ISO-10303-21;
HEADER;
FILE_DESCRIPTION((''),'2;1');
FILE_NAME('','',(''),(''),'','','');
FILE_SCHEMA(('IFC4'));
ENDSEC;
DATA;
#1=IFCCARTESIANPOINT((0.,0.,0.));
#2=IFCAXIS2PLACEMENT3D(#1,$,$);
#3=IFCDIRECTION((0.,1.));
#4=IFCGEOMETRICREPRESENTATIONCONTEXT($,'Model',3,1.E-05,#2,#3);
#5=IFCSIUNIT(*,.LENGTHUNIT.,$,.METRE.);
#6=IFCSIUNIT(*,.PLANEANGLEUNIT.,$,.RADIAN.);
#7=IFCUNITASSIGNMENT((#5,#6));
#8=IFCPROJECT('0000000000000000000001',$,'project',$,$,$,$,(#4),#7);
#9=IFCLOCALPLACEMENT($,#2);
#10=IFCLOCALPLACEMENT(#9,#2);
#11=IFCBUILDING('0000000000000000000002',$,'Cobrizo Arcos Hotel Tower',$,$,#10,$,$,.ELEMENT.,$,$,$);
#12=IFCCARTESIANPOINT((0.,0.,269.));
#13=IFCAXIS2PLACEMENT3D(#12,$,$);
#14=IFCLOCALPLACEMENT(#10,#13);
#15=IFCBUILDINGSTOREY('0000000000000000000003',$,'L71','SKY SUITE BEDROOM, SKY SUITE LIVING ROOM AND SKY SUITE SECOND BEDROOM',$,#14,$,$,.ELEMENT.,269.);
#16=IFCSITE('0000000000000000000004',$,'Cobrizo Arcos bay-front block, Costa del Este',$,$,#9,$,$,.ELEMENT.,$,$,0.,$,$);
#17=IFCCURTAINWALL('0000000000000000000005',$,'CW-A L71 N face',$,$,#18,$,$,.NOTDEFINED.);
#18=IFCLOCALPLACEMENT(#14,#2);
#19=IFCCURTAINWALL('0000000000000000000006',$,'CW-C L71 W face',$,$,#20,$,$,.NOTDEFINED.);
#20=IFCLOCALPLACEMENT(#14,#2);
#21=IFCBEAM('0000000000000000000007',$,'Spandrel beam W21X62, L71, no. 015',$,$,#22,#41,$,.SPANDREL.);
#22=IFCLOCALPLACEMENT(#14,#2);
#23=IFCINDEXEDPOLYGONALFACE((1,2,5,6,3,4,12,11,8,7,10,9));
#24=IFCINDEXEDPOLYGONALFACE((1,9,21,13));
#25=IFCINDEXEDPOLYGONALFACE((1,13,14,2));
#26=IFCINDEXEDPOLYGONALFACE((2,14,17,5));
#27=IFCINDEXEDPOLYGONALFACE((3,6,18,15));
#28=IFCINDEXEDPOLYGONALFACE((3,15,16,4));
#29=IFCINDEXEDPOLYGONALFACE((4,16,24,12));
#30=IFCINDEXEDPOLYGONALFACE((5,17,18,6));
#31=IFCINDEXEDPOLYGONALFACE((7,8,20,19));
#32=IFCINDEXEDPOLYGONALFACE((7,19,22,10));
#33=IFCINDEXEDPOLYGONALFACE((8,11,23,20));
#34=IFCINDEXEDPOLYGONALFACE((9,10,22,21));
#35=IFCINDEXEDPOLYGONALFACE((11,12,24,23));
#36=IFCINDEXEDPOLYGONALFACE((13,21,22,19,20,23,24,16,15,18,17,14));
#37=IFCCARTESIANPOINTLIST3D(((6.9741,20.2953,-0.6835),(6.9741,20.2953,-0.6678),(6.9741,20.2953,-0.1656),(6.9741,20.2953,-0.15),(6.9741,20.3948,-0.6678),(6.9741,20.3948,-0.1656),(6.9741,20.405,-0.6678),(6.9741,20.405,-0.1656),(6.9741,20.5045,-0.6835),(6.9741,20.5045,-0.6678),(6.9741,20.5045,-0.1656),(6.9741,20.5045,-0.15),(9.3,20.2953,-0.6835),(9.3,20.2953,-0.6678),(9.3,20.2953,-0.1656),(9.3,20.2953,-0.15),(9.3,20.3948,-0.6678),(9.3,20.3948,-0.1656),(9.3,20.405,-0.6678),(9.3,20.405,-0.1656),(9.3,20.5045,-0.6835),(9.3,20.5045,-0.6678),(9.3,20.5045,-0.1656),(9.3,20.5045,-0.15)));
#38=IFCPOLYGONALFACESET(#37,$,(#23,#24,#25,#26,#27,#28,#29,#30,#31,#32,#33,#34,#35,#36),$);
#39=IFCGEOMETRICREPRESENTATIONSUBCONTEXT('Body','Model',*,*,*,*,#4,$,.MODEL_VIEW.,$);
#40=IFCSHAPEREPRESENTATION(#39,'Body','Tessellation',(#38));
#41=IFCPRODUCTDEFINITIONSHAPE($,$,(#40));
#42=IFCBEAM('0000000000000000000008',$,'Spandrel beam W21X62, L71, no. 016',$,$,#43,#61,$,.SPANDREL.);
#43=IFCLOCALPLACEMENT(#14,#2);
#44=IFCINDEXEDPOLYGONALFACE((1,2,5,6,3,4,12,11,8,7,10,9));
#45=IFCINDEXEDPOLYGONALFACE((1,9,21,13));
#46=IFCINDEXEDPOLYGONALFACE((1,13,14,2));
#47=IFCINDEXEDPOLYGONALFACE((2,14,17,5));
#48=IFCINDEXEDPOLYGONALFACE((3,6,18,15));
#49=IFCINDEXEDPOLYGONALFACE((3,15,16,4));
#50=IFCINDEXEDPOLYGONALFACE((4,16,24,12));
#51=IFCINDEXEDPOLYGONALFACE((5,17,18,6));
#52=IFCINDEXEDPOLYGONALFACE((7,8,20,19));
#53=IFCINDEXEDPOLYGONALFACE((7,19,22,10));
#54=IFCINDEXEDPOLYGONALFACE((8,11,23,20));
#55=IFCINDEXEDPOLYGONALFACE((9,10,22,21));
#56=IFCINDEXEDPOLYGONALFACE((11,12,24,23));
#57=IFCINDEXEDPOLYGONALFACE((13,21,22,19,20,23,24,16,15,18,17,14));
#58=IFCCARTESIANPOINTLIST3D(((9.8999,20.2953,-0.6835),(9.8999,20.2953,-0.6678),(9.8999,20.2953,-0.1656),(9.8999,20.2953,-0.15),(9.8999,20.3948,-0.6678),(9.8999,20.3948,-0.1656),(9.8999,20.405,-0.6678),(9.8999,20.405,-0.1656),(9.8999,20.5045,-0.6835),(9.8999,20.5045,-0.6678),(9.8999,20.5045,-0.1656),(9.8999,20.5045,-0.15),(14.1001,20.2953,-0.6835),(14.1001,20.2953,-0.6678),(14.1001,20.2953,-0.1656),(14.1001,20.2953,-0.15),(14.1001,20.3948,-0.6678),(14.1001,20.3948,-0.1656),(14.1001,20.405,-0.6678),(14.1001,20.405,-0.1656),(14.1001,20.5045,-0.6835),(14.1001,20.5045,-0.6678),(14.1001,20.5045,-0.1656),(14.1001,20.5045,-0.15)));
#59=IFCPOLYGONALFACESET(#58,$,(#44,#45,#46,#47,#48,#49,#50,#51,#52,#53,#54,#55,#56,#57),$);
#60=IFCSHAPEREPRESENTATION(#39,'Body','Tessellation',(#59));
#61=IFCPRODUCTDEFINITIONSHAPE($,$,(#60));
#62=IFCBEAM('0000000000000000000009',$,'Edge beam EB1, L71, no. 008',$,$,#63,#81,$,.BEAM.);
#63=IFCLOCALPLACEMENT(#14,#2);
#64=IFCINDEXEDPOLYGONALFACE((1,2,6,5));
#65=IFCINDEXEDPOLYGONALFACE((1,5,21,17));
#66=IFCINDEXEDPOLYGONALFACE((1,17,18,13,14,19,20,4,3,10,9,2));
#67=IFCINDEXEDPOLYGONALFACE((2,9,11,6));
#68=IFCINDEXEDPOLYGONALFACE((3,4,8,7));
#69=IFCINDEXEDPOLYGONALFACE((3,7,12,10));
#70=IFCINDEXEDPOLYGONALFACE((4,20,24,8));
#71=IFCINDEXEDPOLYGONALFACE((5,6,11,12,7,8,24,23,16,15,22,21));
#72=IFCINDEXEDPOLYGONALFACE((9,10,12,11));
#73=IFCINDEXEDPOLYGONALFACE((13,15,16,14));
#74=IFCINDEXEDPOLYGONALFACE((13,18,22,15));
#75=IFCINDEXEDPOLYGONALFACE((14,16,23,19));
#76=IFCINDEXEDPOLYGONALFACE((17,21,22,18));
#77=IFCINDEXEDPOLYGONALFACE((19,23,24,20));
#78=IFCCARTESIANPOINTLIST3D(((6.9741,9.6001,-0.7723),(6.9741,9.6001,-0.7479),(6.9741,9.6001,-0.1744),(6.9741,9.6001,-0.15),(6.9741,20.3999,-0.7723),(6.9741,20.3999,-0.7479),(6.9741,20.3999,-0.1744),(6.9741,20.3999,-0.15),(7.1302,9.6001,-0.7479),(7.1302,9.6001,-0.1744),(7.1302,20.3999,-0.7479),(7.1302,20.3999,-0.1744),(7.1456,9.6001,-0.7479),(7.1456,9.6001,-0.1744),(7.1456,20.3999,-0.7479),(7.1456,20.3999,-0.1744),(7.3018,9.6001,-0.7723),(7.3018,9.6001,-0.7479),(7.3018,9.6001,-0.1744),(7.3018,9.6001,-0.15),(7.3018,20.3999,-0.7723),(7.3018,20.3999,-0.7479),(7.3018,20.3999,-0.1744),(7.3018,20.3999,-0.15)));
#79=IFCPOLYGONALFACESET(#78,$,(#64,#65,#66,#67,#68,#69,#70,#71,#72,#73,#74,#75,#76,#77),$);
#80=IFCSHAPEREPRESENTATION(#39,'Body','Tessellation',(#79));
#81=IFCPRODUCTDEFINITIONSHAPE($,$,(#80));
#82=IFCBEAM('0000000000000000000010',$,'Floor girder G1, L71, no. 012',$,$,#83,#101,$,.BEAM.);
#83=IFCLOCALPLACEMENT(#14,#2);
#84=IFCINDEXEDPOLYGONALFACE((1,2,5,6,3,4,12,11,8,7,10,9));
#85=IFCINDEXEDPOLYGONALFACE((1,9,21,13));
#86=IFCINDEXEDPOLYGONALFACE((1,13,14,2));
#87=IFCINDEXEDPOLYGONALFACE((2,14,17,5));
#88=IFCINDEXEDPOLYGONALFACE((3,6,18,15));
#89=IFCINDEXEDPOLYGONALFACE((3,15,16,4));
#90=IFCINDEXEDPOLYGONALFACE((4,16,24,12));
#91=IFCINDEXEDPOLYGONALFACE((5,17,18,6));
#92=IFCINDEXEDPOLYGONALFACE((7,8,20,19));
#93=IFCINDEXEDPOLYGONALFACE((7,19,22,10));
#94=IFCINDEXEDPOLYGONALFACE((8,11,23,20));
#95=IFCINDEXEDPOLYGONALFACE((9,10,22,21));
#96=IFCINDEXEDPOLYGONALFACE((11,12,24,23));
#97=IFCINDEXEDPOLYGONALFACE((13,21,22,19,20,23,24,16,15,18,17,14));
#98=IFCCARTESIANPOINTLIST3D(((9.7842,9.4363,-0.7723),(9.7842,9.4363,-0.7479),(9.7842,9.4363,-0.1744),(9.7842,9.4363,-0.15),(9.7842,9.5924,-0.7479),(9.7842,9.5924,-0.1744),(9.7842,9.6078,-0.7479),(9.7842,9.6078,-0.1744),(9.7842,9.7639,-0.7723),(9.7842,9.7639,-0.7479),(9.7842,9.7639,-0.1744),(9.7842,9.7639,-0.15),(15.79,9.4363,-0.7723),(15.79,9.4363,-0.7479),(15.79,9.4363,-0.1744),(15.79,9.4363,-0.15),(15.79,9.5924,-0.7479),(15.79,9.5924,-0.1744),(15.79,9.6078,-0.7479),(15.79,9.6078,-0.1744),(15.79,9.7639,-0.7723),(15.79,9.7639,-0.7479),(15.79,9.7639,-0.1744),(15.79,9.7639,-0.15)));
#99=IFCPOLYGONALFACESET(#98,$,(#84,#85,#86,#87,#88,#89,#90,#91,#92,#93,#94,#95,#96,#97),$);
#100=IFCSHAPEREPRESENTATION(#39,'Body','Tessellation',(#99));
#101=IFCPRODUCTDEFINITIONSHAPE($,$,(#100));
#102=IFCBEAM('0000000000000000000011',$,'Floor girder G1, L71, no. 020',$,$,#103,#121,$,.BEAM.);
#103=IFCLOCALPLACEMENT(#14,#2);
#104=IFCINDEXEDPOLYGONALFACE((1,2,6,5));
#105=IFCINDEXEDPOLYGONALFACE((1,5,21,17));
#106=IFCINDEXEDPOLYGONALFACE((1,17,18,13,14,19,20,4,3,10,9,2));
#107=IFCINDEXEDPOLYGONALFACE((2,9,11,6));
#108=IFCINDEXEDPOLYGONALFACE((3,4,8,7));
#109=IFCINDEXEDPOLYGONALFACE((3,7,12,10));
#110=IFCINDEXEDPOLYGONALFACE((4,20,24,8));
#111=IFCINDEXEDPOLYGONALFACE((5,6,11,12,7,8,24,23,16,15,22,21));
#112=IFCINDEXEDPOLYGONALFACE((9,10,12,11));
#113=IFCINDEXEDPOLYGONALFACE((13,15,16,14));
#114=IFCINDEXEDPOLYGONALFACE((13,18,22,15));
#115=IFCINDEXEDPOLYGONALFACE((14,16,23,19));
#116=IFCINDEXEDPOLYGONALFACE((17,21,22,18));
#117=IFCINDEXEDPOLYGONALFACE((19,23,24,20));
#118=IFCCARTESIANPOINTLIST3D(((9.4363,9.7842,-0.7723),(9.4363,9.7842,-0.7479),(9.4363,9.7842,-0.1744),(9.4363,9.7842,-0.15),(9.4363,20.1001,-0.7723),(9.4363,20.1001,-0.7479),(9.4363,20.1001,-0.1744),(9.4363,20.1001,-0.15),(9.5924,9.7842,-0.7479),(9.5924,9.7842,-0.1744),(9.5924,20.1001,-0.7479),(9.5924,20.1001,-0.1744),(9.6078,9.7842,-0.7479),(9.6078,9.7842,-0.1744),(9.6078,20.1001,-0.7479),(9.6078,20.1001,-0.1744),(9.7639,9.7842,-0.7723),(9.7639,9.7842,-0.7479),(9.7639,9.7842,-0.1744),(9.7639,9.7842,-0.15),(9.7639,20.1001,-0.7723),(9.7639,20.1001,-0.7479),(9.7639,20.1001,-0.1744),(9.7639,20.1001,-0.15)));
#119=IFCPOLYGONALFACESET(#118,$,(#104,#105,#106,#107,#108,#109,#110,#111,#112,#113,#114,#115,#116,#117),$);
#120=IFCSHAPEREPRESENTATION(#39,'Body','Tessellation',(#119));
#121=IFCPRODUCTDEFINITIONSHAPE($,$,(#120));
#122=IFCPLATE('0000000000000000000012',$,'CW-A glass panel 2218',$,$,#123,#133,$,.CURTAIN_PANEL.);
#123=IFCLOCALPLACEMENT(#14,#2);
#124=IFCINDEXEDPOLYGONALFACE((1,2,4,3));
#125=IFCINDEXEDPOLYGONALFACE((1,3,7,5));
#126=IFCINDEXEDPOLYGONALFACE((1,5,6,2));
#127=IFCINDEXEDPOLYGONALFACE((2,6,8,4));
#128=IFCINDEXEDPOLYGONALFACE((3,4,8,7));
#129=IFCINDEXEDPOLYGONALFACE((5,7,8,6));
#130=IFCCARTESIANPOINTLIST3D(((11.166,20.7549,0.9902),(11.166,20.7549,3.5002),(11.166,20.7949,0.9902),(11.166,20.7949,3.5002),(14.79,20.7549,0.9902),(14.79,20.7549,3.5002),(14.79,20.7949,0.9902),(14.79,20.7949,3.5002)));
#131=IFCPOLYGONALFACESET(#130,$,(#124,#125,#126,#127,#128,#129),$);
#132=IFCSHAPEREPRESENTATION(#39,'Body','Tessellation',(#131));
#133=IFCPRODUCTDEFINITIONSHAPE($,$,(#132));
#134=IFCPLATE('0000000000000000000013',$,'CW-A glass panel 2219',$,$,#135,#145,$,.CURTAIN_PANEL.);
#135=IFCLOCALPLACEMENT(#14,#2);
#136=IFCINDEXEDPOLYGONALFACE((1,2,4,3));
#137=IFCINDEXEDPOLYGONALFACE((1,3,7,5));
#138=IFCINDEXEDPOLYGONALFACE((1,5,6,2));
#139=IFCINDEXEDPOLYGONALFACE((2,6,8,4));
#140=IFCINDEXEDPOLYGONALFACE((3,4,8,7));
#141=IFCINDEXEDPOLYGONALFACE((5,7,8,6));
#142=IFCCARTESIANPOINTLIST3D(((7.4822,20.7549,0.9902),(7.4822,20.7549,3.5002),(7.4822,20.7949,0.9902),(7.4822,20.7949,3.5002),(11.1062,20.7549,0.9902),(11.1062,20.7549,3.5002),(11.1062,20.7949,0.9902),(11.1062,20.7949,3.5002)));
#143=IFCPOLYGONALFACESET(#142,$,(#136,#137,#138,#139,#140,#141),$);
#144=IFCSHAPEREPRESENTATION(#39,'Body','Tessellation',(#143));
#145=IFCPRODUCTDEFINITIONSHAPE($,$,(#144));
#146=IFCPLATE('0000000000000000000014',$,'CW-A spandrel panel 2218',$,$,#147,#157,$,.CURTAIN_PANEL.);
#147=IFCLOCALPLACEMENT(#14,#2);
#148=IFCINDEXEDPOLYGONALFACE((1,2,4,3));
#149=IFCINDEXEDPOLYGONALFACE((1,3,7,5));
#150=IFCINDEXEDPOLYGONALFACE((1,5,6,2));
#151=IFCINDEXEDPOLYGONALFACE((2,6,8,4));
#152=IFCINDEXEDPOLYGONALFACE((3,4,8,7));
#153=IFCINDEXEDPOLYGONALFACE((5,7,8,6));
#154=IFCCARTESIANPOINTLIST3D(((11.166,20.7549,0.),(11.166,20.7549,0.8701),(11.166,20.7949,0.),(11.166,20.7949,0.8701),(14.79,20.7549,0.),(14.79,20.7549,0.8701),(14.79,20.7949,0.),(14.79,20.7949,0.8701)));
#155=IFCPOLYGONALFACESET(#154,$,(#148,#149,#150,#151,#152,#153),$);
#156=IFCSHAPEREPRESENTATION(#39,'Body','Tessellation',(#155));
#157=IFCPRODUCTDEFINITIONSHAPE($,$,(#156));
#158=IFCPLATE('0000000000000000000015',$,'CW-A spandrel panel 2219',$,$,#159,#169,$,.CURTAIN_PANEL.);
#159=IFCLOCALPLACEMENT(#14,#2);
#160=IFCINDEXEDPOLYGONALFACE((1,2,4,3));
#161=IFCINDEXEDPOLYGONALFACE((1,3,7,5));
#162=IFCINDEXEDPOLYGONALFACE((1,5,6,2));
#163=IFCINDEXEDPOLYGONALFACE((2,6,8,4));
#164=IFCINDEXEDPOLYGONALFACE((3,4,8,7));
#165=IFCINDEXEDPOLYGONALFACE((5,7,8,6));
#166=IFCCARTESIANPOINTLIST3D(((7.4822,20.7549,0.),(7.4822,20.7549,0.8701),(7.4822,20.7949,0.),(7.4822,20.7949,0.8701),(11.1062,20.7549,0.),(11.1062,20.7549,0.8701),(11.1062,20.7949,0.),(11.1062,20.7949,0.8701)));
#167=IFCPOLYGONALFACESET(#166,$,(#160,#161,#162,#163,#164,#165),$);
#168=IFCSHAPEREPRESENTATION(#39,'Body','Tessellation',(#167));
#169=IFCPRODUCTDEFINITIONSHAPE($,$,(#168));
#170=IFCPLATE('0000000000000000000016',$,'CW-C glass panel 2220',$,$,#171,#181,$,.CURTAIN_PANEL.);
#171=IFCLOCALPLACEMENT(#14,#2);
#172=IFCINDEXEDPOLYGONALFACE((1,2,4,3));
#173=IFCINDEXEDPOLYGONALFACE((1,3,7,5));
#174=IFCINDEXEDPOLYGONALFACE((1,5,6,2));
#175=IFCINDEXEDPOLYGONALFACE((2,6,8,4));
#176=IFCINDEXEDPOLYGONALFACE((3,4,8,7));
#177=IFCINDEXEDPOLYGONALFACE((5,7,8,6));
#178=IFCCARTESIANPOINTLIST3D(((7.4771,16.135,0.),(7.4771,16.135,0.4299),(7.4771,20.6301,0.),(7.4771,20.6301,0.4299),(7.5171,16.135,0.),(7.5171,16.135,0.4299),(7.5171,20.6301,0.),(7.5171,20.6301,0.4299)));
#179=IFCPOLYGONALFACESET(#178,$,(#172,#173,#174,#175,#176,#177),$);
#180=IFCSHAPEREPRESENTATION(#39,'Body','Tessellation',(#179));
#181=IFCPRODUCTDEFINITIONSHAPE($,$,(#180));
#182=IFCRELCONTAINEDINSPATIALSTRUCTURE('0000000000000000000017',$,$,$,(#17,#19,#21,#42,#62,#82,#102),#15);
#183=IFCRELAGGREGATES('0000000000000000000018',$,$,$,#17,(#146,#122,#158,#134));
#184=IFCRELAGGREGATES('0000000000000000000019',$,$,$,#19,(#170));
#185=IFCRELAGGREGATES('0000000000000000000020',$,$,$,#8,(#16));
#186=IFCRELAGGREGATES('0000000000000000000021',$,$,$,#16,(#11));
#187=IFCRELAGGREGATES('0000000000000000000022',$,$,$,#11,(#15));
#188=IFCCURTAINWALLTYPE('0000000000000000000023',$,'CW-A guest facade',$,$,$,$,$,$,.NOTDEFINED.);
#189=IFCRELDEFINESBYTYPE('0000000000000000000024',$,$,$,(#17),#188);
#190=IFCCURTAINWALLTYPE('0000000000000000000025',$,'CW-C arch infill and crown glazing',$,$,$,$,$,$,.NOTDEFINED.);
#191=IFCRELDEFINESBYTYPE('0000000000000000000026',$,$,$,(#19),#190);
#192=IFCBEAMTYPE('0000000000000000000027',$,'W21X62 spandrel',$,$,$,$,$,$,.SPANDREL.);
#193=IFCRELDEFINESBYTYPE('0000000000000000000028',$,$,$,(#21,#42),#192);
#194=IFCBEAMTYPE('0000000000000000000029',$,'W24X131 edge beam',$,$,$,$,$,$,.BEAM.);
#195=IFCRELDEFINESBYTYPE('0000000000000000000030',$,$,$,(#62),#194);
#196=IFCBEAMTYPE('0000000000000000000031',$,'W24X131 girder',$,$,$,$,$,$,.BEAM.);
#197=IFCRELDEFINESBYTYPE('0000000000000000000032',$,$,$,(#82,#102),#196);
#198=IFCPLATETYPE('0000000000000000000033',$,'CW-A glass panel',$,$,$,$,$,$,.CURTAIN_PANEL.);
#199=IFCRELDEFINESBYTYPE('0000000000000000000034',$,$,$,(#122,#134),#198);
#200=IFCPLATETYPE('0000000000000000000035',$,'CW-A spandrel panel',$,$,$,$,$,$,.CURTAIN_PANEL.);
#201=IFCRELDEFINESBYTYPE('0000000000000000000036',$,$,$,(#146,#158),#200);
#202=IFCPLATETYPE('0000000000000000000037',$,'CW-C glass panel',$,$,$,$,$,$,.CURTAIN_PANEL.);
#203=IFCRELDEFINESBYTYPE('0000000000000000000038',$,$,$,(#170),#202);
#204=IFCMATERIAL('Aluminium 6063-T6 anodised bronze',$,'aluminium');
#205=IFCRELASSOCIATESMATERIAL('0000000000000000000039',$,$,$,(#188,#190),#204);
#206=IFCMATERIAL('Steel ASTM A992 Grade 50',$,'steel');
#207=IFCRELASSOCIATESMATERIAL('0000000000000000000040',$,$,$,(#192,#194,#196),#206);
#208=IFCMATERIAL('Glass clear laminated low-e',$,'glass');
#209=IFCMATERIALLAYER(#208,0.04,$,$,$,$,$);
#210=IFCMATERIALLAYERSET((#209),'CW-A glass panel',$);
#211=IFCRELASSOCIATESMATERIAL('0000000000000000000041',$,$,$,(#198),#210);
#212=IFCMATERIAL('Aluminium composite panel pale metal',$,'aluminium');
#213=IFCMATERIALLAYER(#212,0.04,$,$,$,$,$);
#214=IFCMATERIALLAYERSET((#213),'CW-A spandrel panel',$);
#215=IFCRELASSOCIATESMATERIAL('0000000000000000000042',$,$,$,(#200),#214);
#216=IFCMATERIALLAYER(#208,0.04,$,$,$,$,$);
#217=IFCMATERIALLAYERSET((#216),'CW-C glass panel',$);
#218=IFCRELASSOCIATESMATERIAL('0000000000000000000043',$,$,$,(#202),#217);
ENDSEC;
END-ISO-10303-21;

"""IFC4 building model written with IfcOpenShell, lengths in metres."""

from ifc_helpers import new_model, si_unit, direction, frame, origin, origin_2d, place, context, subcontext, project, spatial, rectangle, i_section, extrude, material, layer, layer_set, material_profile, profile_set, type_object, element, aggregate, save


model = new_model("IFC4")

# Units and contexts
model_context = context("Model", 3, precision=1e-05, world=origin(), true_north=direction((0.0, 1.0)))
body_context = subcontext(model_context, "Body", "Model", "MODEL_VIEW")
ifc_project = project(units=[si_unit("LENGTHUNIT", "METRE"), si_unit("PLANEANGLEUNIT", "RADIAN")], contexts=[model_context])

# Site, building, storey
site_placement = place(None, origin())
site = spatial("IfcSite", under=ifc_project, at=site_placement, Name="Cobrizo Arcos bay-front block, Costa del Este", CompositionType="ELEMENT", RefElevation=0.0)
building_placement = place(site_placement, origin())
building = spatial("IfcBuilding", under=site, at=building_placement, Name="Cobrizo Arcos Hotel Tower", CompositionType="ELEMENT")
storey_placement = place(building_placement, frame((0.0, 0.0, 269.0)))
storey = spatial("IfcBuildingStorey", under=building, at=storey_placement, Name="L71", Description="SKY SUITE BEDROOM, SKY SUITE LIVING ROOM AND SKY SUITE SECOND BEDROOM", CompositionType="ELEMENT", Elevation=269.0)

# Shared definitions
ifc_material_1 = material(Name="Steel ASTM A992 Grade 50", Category="steel")

# Curtain walls
ifc_material_2 = material(Name="Aluminium 6063-T6 anodised bronze", Category="aluminium")
curtain_wall_type_1 = type_object("IfcCurtainWallType", Name="CW-A guest facade", PredefinedType="NOTDEFINED", material=ifc_material_2)
curtain_wall_1_placement = place(storey_placement, origin())
curtain_wall_1 = element("IfcCurtainWall", 1, at=curtain_wall_1_placement, inside=storey, type_object=curtain_wall_type_1, Name="CW-A L71 N face", PredefinedType="NOTDEFINED")
curtain_wall_type_2 = type_object("IfcCurtainWallType", Name="CW-C arch infill and crown glazing", PredefinedType="NOTDEFINED", material=ifc_material_2)
curtain_wall_2_placement = place(storey_placement, origin())
curtain_wall_2 = element("IfcCurtainWall", 2, at=curtain_wall_2_placement, inside=storey, type_object=curtain_wall_type_2, Name="CW-C L71 W face", PredefinedType="NOTDEFINED")

# Beams
ifc_material_profile_1 = material_profile(ifc_material_1, i_section(OverallWidth=0.2092, OverallDepth=0.5334, WebThickness=0.0103, FlangeThickness=0.0156, at=origin_2d()), Name="W21X62")
ifc_profile_set_1 = profile_set([ifc_material_profile_1], Name="Steel ASTM A992 Grade 50")
beam_type_1 = type_object("IfcBeamType", Name="W21X62 spandrel", PredefinedType="SPANDREL", material=ifc_profile_set_1)
beam_1_placement = place(storey_placement, frame((6.9741, 20.3999, -0.4167), z_axis=(1.0, 0.0, 0.0), x_axis=(0.0, 1.0, 0.0)))
element("IfcBeam", 3, at=beam_1_placement, inside=storey, type_object=beam_type_1, Name="Spandrel beam W21X62, L71, no. 015", PredefinedType="SPANDREL", context=body_context, shape_type="SweptSolid", body=[
    extrude(i_section(OverallWidth=0.2092, OverallDepth=0.5334, WebThickness=0.0103, FlangeThickness=0.0156, at=origin_2d()), origin(), (0.0, 0.0, 1.0), 2.3259),
])
beam_2_placement = place(storey_placement, frame((9.8999, 20.3999, -0.4167), z_axis=(1.0, 0.0, 0.0), x_axis=(0.0, 1.0, 0.0)))
element("IfcBeam", 4, at=beam_2_placement, inside=storey, type_object=beam_type_1, Name="Spandrel beam W21X62, L71, no. 016", PredefinedType="SPANDREL", context=body_context, shape_type="SweptSolid", body=[
    extrude(i_section(OverallWidth=0.2092, OverallDepth=0.5334, WebThickness=0.0103, FlangeThickness=0.0156, at=origin_2d()), origin(), (0.0, 0.0, 1.0), 4.2002),
])
ifc_material_profile_2 = material_profile(ifc_material_1, i_section(OverallWidth=0.3276, OverallDepth=0.6223, WebThickness=0.0154, FlangeThickness=0.0244, at=origin_2d()), Name="W24X131")
ifc_profile_set_2 = profile_set([ifc_material_profile_2], Name="Steel ASTM A992 Grade 50")
beam_type_2 = type_object("IfcBeamType", Name="W24X131 edge beam", PredefinedType="BEAM", material=ifc_profile_set_2)
beam_3_placement = place(storey_placement, frame((7.1379, 9.6001, -0.4612), z_axis=(0.0, 1.0, 0.0), x_axis=(-1.0, 0.0, 0.0)))
element("IfcBeam", 5, at=beam_3_placement, inside=storey, type_object=beam_type_2, Name="Edge beam EB1, L71, no. 008", PredefinedType="BEAM", context=body_context, shape_type="SweptSolid", body=[
    extrude(i_section(OverallWidth=0.3276, OverallDepth=0.6223, WebThickness=0.0154, FlangeThickness=0.0244, at=origin_2d()), origin(), (0.0, 0.0, 1.0), 10.7998),
])
ifc_material_profile_3 = material_profile(ifc_material_1, i_section(OverallWidth=0.3276, OverallDepth=0.6223, WebThickness=0.0154, FlangeThickness=0.0244, at=origin_2d()), Name="W24X131")
ifc_profile_set_3 = profile_set([ifc_material_profile_3], Name="Steel ASTM A992 Grade 50")
beam_type_3 = type_object("IfcBeamType", Name="W24X131 girder", PredefinedType="BEAM", material=ifc_profile_set_3)
beam_4_placement = place(storey_placement, frame((9.7842, 9.6001, -0.4612), z_axis=(1.0, 0.0, 0.0), x_axis=(0.0, 1.0, 0.0)))
element("IfcBeam", 6, at=beam_4_placement, inside=storey, type_object=beam_type_3, Name="Floor girder G1, L71, no. 012", PredefinedType="BEAM", context=body_context, shape_type="SweptSolid", body=[
    extrude(i_section(OverallWidth=0.3276, OverallDepth=0.6223, WebThickness=0.0154, FlangeThickness=0.0244, at=origin_2d()), origin(), (0.0, 0.0, 1.0), 6.0059),
])
beam_5_placement = place(storey_placement, frame((9.6001, 9.7842, -0.4612), z_axis=(0.0, 1.0, 0.0), x_axis=(-1.0, 0.0, 0.0)))
element("IfcBeam", 7, at=beam_5_placement, inside=storey, type_object=beam_type_3, Name="Floor girder G1, L71, no. 020", PredefinedType="BEAM", context=body_context, shape_type="SweptSolid", body=[
    extrude(i_section(OverallWidth=0.3276, OverallDepth=0.6223, WebThickness=0.0154, FlangeThickness=0.0244, at=origin_2d()), origin(), (0.0, 0.0, 1.0), 10.3159),
])

# Plates
ifc_material_3 = material(Name="Glass clear laminated low-e", Category="glass")
ifc_layer_1 = layer(ifc_material_3, 0.04)
ifc_layer_set_1 = layer_set([ifc_layer_1], Name="CW-A glass panel")
plate_type_1 = type_object("IfcPlateType", Name="CW-A glass panel", PredefinedType="CURTAIN_PANEL", material=ifc_layer_set_1)
plate_1_placement = place(storey_placement, frame((12.978, 20.7749, 0.9902), z_axis=(0.0, 0.0, 1.0), x_axis=(-1.0, 0.0, 0.0)))
plate_1 = element("IfcPlate", 8, at=plate_1_placement, type_object=plate_type_1, Name="CW-A glass panel 2218", PredefinedType="CURTAIN_PANEL", context=body_context, shape_type="SweptSolid", body=[
    extrude(rectangle(XDim=3.624, YDim=0.04, at=origin_2d()), origin(), (0.0, 0.0, 1.0), 2.51),
])
plate_2_placement = place(storey_placement, frame((9.2942, 20.7749, 0.9902), z_axis=(0.0, 0.0, 1.0), x_axis=(-1.0, 0.0, 0.0)))
plate_2 = element("IfcPlate", 9, at=plate_2_placement, type_object=plate_type_1, Name="CW-A glass panel 2219", PredefinedType="CURTAIN_PANEL", context=body_context, shape_type="SweptSolid", body=[
    extrude(rectangle(XDim=3.624, YDim=0.04, at=origin_2d()), origin(), (0.0, 0.0, 1.0), 2.51),
])
ifc_material_4 = material(Name="Aluminium composite panel pale metal", Category="aluminium")
ifc_layer_2 = layer(ifc_material_4, 0.04)
ifc_layer_set_2 = layer_set([ifc_layer_2], Name="CW-A spandrel panel")
plate_type_2 = type_object("IfcPlateType", Name="CW-A spandrel panel", PredefinedType="CURTAIN_PANEL", material=ifc_layer_set_2)
plate_3_placement = place(storey_placement, frame((12.978, 20.7749, 0.0), z_axis=(0.0, 0.0, 1.0), x_axis=(-1.0, 0.0, 0.0)))
plate_3 = element("IfcPlate", 10, at=plate_3_placement, type_object=plate_type_2, Name="CW-A spandrel panel 2218", PredefinedType="CURTAIN_PANEL", context=body_context, shape_type="SweptSolid", body=[
    extrude(rectangle(XDim=3.624, YDim=0.04, at=origin_2d()), origin(), (0.0, 0.0, 1.0), 0.8701),
])
plate_4_placement = place(storey_placement, frame((9.2942, 20.7749, 0.0), z_axis=(0.0, 0.0, 1.0), x_axis=(-1.0, 0.0, 0.0)))
plate_4 = element("IfcPlate", 11, at=plate_4_placement, type_object=plate_type_2, Name="CW-A spandrel panel 2219", PredefinedType="CURTAIN_PANEL", context=body_context, shape_type="SweptSolid", body=[
    extrude(rectangle(XDim=3.624, YDim=0.04, at=origin_2d()), origin(), (0.0, 0.0, 1.0), 0.8701),
])
aggregate(curtain_wall_1, [plate_3, plate_1, plate_4, plate_2])
ifc_layer_3 = layer(ifc_material_3, 0.04)
ifc_layer_set_3 = layer_set([ifc_layer_3], Name="CW-C glass panel")
plate_type_3 = type_object("IfcPlateType", Name="CW-C glass panel", PredefinedType="CURTAIN_PANEL", material=ifc_layer_set_3)
plate_5_placement = place(storey_placement, frame((7.4971, 18.3826, 0.0), z_axis=(0.0, 0.0, 1.0), x_axis=(0.0, -1.0, 0.0)))
plate_5 = element("IfcPlate", 12, at=plate_5_placement, type_object=plate_type_3, Name="CW-C glass panel 2220", PredefinedType="CURTAIN_PANEL", context=body_context, shape_type="SweptSolid", body=[
    extrude(rectangle(XDim=4.4951, YDim=0.04, at=origin_2d()), origin(), (0.0, 0.0, 1.0), 0.4299),
])
aggregate(curtain_wall_2, [plate_5])

save(model, "model.ifc")
